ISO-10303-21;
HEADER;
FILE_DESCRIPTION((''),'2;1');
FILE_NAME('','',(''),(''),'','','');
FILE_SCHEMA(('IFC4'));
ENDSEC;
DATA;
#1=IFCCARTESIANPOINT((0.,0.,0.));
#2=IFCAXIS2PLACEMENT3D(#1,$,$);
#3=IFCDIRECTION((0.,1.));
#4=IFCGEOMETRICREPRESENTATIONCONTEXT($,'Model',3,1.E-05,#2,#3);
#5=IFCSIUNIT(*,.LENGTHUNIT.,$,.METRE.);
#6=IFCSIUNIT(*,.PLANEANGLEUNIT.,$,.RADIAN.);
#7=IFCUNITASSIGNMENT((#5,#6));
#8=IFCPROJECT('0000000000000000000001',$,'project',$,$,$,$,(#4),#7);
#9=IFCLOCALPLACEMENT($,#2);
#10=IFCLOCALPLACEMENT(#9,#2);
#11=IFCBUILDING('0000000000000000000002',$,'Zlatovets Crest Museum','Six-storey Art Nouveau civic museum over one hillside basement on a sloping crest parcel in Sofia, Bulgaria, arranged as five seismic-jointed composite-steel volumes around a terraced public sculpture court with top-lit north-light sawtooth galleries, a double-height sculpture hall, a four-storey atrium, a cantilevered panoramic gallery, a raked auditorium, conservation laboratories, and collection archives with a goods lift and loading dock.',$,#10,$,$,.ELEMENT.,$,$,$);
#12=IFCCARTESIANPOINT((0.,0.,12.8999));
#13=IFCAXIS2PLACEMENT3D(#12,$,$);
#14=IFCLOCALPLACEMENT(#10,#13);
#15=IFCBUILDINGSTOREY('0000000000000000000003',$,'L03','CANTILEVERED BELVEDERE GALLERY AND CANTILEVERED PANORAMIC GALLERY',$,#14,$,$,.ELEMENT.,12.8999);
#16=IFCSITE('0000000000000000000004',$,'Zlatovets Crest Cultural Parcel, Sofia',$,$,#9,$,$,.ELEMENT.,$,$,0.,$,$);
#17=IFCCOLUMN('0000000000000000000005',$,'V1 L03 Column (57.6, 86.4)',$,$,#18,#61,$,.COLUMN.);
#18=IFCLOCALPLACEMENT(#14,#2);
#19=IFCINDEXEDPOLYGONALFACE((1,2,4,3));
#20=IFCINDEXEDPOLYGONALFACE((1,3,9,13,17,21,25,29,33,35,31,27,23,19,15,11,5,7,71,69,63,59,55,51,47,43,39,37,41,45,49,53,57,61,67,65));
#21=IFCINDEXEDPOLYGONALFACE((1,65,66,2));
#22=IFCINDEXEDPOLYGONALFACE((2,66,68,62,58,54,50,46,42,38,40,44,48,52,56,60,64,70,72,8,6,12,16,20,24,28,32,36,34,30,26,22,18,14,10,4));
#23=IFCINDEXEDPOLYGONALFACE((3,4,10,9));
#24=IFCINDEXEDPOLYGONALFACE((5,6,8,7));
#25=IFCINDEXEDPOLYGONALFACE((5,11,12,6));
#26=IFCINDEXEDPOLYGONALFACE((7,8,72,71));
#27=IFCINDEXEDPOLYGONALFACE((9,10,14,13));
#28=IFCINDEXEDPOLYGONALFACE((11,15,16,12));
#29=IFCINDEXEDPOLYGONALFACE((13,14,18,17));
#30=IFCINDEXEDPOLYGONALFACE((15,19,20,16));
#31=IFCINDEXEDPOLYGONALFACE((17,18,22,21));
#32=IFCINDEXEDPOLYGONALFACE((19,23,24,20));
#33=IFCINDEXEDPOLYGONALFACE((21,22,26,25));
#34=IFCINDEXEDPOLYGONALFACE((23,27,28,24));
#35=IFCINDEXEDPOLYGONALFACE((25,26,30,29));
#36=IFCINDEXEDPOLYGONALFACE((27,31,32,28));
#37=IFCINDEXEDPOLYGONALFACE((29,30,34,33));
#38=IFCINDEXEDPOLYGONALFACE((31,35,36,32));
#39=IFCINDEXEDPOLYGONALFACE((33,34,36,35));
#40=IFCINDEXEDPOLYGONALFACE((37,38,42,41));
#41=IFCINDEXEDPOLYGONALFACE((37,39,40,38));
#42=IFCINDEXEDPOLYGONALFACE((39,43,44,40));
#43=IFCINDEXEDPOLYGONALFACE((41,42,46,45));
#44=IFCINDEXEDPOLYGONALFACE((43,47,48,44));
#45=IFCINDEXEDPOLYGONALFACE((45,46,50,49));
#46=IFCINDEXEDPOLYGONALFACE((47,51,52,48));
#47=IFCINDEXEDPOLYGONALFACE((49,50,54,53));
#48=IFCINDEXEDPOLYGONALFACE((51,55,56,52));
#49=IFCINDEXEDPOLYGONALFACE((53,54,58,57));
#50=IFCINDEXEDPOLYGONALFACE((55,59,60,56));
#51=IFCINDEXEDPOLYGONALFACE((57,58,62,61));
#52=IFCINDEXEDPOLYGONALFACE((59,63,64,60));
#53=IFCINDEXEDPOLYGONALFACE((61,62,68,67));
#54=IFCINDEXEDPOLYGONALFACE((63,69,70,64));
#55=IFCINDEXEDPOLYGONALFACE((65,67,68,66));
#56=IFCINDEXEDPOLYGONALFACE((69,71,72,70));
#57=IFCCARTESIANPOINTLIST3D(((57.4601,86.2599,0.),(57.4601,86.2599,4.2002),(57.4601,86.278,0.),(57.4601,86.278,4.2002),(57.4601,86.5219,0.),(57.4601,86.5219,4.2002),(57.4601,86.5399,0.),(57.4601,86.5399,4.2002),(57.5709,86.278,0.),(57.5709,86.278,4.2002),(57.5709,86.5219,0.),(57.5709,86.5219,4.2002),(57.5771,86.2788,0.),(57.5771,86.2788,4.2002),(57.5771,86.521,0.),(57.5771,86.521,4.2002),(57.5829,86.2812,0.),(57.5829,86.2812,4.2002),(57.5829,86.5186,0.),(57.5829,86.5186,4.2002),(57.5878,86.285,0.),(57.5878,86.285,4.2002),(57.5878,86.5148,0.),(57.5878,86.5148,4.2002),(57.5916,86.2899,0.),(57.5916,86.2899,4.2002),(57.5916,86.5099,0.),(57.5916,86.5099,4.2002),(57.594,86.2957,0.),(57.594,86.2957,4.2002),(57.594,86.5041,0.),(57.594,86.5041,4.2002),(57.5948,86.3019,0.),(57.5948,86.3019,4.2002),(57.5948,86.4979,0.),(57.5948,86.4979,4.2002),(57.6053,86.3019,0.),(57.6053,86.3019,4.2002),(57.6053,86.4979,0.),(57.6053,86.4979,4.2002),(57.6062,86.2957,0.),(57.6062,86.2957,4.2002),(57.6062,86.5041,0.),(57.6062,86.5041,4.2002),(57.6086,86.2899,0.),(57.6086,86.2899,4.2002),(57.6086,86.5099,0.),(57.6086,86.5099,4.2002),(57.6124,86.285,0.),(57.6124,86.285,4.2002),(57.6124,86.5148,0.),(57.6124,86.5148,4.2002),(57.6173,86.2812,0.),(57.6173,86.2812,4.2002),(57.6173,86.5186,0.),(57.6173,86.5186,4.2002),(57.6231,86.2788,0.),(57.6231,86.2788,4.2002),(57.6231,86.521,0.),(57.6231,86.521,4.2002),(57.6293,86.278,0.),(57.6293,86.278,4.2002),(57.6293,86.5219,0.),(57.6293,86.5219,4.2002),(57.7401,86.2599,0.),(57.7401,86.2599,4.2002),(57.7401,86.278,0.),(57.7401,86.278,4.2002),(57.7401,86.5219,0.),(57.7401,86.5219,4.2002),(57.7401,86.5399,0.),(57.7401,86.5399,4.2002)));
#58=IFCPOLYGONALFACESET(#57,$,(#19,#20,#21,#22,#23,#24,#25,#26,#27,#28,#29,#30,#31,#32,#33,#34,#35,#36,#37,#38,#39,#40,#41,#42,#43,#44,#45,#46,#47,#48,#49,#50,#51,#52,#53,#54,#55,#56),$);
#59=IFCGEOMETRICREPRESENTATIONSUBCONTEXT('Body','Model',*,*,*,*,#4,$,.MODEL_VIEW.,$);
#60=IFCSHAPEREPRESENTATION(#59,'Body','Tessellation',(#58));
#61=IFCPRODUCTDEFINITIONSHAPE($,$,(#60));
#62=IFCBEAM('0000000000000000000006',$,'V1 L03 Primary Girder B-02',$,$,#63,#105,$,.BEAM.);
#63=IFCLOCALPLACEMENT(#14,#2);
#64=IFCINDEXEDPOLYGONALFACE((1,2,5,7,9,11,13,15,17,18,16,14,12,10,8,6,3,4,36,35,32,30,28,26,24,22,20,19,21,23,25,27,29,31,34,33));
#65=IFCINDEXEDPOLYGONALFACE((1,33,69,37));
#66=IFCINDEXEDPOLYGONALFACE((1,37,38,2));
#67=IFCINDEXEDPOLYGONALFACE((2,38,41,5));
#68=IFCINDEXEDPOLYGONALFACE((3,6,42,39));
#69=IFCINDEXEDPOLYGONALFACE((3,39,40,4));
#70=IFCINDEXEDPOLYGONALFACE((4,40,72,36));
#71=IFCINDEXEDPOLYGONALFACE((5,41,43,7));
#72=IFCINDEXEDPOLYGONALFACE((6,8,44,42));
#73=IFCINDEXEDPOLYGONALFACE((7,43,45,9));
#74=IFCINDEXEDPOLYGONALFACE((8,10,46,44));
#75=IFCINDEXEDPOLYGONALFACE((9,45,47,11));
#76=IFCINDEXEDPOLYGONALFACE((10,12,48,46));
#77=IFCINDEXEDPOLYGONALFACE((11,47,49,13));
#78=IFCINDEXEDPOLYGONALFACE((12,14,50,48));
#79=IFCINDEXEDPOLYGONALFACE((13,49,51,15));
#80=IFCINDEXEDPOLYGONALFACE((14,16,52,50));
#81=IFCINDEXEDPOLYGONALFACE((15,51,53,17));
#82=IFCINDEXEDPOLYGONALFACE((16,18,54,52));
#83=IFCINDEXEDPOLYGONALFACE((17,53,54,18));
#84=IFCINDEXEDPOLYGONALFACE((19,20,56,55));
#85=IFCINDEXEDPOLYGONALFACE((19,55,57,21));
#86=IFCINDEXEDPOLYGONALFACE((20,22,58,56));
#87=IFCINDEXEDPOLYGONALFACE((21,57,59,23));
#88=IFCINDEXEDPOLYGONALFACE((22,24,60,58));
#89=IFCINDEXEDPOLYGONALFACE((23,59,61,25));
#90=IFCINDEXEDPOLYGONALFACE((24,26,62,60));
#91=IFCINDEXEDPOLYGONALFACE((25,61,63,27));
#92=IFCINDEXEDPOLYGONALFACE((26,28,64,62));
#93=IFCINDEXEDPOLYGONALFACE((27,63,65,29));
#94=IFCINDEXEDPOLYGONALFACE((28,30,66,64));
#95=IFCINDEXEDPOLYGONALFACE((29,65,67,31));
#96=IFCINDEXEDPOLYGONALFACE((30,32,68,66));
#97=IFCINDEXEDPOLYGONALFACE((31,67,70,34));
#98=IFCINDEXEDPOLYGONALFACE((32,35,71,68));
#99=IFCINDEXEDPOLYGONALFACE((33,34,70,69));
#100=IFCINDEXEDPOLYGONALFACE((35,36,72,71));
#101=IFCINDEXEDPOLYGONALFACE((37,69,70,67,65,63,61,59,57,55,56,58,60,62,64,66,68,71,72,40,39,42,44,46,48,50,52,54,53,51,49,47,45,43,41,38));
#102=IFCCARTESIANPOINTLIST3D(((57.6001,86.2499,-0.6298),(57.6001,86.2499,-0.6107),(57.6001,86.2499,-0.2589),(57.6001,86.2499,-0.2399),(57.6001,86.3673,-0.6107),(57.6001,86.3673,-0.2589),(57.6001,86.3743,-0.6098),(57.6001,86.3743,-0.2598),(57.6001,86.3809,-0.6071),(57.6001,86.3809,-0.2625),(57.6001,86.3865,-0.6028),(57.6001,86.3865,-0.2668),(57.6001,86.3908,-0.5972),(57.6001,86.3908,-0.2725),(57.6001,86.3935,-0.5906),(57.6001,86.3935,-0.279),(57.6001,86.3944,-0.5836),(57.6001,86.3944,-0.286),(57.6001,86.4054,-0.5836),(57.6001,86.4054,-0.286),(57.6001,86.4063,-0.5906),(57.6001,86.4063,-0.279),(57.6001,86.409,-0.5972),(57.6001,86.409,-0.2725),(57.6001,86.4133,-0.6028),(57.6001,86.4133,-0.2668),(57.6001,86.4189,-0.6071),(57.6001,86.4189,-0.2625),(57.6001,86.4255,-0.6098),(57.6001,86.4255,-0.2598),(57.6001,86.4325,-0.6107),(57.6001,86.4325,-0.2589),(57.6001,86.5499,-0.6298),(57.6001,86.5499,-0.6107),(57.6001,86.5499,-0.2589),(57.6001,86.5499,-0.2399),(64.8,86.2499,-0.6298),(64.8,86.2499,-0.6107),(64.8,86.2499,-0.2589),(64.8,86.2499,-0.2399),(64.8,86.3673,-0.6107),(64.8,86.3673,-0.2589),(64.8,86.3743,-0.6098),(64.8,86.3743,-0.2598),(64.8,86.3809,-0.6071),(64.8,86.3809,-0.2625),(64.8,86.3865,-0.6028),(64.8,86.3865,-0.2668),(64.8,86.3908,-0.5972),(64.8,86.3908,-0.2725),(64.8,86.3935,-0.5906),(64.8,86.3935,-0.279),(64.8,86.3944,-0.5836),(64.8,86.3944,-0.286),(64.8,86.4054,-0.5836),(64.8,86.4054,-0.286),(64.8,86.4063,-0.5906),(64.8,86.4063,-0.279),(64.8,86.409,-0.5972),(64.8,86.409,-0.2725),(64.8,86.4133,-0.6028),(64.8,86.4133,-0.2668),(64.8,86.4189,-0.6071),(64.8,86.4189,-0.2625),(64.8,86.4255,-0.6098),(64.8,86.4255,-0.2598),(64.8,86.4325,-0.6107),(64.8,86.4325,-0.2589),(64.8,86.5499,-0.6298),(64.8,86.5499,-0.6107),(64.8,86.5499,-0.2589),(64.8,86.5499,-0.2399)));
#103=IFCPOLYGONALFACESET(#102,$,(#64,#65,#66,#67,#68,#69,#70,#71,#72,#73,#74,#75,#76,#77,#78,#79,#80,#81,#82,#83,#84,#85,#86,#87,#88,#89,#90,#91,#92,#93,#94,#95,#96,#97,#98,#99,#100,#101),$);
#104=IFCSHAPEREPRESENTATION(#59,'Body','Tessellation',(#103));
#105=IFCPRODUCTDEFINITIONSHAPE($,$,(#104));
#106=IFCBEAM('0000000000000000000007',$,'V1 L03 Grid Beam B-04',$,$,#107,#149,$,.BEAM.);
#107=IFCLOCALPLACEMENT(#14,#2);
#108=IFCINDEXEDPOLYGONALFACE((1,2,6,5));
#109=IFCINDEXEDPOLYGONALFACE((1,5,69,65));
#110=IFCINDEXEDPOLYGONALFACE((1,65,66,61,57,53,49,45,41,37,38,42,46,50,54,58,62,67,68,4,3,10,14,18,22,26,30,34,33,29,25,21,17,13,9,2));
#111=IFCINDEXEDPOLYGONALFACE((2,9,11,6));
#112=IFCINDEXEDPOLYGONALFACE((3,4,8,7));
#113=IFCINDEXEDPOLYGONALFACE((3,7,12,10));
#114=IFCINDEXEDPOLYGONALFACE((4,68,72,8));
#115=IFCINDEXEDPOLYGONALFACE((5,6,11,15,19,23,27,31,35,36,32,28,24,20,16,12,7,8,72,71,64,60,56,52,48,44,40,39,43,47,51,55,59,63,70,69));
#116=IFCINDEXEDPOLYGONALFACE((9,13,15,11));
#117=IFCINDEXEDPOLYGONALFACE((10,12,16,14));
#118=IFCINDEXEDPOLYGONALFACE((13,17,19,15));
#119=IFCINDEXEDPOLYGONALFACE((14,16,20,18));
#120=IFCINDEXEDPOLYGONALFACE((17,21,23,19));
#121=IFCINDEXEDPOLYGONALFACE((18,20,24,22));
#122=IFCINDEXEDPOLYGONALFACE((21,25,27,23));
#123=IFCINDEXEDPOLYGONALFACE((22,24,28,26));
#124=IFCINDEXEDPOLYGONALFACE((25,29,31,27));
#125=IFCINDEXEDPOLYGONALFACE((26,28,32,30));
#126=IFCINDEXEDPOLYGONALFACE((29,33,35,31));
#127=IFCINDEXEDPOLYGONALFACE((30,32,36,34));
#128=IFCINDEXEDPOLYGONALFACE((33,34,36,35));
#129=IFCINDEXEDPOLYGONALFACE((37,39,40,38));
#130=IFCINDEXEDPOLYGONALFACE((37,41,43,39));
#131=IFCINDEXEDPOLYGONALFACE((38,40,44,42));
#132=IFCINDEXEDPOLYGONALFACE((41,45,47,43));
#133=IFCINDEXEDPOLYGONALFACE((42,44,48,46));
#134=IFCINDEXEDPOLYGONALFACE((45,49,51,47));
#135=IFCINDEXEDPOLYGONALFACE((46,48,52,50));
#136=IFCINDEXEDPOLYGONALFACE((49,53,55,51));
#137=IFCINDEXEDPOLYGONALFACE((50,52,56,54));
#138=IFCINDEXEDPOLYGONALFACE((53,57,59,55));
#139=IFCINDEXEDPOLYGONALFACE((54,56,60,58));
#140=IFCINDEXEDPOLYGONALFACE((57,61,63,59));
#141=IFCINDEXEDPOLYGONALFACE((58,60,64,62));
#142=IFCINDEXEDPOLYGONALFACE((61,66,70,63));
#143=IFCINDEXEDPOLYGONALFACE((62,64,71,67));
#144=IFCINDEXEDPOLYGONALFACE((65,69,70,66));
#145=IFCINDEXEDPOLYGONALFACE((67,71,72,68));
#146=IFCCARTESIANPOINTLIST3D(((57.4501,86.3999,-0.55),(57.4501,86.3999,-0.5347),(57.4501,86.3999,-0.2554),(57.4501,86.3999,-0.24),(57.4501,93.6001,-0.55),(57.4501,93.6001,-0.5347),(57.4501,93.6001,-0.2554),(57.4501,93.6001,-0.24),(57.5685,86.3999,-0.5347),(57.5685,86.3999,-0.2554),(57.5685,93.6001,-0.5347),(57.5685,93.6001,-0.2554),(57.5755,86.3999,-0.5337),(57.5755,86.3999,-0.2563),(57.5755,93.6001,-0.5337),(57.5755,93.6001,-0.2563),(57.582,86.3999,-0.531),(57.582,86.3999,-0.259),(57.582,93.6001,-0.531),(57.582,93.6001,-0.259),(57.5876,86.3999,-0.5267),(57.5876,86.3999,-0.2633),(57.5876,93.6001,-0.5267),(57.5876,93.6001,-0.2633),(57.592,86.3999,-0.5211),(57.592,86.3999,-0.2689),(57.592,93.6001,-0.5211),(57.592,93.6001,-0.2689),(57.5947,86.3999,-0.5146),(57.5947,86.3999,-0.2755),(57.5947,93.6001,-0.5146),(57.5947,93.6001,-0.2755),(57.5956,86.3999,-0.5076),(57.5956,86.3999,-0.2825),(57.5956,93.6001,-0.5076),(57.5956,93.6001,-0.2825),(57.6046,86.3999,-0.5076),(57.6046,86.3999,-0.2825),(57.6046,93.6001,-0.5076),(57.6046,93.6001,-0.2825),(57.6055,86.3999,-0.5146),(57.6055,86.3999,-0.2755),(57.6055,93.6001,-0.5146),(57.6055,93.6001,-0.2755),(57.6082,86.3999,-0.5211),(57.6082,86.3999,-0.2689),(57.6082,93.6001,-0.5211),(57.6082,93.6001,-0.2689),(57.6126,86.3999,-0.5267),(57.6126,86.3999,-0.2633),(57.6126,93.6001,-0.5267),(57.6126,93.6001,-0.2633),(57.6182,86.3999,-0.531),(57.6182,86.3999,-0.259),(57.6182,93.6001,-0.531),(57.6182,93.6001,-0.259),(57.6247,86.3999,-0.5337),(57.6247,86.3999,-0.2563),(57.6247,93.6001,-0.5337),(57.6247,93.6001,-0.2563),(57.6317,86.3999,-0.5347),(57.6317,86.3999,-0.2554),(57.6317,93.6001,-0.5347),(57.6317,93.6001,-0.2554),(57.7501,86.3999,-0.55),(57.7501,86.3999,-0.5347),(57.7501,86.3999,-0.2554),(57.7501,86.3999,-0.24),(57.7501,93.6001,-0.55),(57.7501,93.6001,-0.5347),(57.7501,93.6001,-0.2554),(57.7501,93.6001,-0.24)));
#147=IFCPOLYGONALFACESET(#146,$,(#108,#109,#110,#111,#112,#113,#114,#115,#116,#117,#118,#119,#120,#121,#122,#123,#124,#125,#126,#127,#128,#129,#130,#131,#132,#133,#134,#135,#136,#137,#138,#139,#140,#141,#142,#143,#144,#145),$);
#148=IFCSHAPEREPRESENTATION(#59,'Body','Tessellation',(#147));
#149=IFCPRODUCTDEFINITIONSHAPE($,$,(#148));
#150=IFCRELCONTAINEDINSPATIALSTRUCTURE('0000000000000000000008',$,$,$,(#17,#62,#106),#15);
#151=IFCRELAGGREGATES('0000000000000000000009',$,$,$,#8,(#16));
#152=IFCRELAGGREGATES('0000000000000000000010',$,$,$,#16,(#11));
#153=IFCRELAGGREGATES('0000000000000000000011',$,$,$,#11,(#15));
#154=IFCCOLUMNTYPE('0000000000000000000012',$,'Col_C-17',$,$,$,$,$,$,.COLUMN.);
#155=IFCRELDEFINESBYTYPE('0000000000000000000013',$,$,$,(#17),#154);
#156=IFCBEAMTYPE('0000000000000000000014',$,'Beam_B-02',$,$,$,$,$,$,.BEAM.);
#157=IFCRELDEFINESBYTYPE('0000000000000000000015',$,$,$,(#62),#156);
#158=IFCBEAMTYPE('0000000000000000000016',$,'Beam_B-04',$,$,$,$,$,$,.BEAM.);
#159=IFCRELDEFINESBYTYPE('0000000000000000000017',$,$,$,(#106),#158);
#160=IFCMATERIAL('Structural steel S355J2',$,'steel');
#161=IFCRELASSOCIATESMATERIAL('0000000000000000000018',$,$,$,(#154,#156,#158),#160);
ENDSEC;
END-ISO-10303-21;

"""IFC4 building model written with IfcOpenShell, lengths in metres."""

from ifc_helpers import new_model, si_unit, direction, frame, origin, origin_2d, place, context, subcontext, project, spatial, i_section, extrude, material, material_profile, profile_set, type_object, element, save


model = new_model("IFC4")

# Units and contexts
model_context = context("Model", 3, precision=1e-05, world=origin(), true_north=direction((0.0, 1.0)))
body_context = subcontext(model_context, "Body", "Model", "MODEL_VIEW")
ifc_project = project(units=[si_unit("LENGTHUNIT", "METRE"), si_unit("PLANEANGLEUNIT", "RADIAN")], contexts=[model_context])

# Site, building, storey
site_placement = place(None, origin())
site = spatial("IfcSite", under=ifc_project, at=site_placement, Name="Zlatovets Crest Cultural Parcel, Sofia", CompositionType="ELEMENT", RefElevation=0.0)
building_placement = place(site_placement, origin())
building = spatial("IfcBuilding", under=site, at=building_placement, Name="Zlatovets Crest Museum", Description="Six-storey Art Nouveau civic museum over one hillside basement on a sloping crest parcel in Sofia, Bulgaria, arranged as five seismic-jointed composite-steel volumes around a terraced public sculpture court with top-lit north-light sawtooth galleries, a double-height sculpture hall, a four-storey atrium, a cantilevered panoramic gallery, a raked auditorium, conservation laboratories, and collection archives with a goods lift and loading dock.", CompositionType="ELEMENT")
storey_placement = place(building_placement, frame((0.0, 0.0, 12.8999)))
storey = spatial("IfcBuildingStorey", under=building, at=storey_placement, Name="L03", Description="CANTILEVERED BELVEDERE GALLERY AND CANTILEVERED PANORAMIC GALLERY", CompositionType="ELEMENT", Elevation=12.8999)

# Column
ifc_material_1 = material(Name="Structural steel S355J2", Category="steel")
ifc_material_profile_1 = material_profile(ifc_material_1, i_section(OverallWidth=0.28, OverallDepth=0.28, WebThickness=0.0105, FlangeThickness=0.0181, FilletRadius=0.0239, at=origin_2d()), Name="HEB 280")
ifc_profile_set_1 = profile_set([ifc_material_profile_1], Name="Structural steel S355J2")
column_type = type_object("IfcColumnType", Name="Col_C-17", PredefinedType="COLUMN", material=ifc_profile_set_1)
column_placement = place(storey_placement, frame((57.6001, 86.3999, 0.0), z_axis=(0.0, 0.0, 1.0), x_axis=(1.0, 0.0, 0.0)))
element("IfcColumn", 1, at=column_placement, inside=storey, type_object=column_type, Name="V1 L03 Column (57.6, 86.4)", PredefinedType="COLUMN", context=body_context, shape_type="SweptSolid", body=[
    extrude(i_section(OverallWidth=0.28, OverallDepth=0.28, WebThickness=0.0105, FlangeThickness=0.0181, FilletRadius=0.0239, at=origin_2d()), origin(), (0.0, 0.0, 1.0), 4.2002),
])

# Beams
ifc_material_profile_2 = material_profile(ifc_material_1, i_section(OverallWidth=0.3, OverallDepth=0.3899, WebThickness=0.011, FlangeThickness=0.019, FilletRadius=0.0271, at=origin_2d()), Name="HEA 400")
ifc_profile_set_2 = profile_set([ifc_material_profile_2], Name="Structural steel S355J2")
beam_type_1 = type_object("IfcBeamType", Name="Beam_B-02", PredefinedType="BEAM", material=ifc_profile_set_2)
beam_1_placement = place(storey_placement, frame((57.6001, 86.3999, -0.4348), z_axis=(1.0, 0.0, 0.0), x_axis=(0.0, 1.0, 0.0)))
element("IfcBeam", 2, at=beam_1_placement, inside=storey, type_object=beam_type_1, Name="V1 L03 Primary Girder B-02", PredefinedType="BEAM", context=body_context, shape_type="SweptSolid", body=[
    extrude(i_section(OverallWidth=0.3, OverallDepth=0.3899, WebThickness=0.011, FlangeThickness=0.019, FilletRadius=0.0271, at=origin_2d()), origin(), (0.0, 0.0, 1.0), 7.2),
])
ifc_material_profile_3 = material_profile(ifc_material_1, i_section(OverallWidth=0.3, OverallDepth=0.3101, WebThickness=0.009, FlangeThickness=0.0154, FilletRadius=0.0271, at=origin_2d()), Name="HEA 320")
ifc_profile_set_3 = profile_set([ifc_material_profile_3], Name="Structural steel S355J2")
beam_type_2 = type_object("IfcBeamType", Name="Beam_B-04", PredefinedType="BEAM", material=ifc_profile_set_3)
beam_2_placement = place(storey_placement, frame((57.6001, 86.3999, -0.395), z_axis=(0.0, 1.0, 0.0), x_axis=(-1.0, 0.0, 0.0)))
element("IfcBeam", 3, at=beam_2_placement, inside=storey, type_object=beam_type_2, Name="V1 L03 Grid Beam B-04", PredefinedType="BEAM", context=body_context, shape_type="SweptSolid", body=[
    extrude(i_section(OverallWidth=0.3, OverallDepth=0.3101, WebThickness=0.009, FlangeThickness=0.0154, FilletRadius=0.0271, at=origin_2d()), origin(), (0.0, 0.0, 1.0), 7.2002),
])

save(model, "model.ifc")
